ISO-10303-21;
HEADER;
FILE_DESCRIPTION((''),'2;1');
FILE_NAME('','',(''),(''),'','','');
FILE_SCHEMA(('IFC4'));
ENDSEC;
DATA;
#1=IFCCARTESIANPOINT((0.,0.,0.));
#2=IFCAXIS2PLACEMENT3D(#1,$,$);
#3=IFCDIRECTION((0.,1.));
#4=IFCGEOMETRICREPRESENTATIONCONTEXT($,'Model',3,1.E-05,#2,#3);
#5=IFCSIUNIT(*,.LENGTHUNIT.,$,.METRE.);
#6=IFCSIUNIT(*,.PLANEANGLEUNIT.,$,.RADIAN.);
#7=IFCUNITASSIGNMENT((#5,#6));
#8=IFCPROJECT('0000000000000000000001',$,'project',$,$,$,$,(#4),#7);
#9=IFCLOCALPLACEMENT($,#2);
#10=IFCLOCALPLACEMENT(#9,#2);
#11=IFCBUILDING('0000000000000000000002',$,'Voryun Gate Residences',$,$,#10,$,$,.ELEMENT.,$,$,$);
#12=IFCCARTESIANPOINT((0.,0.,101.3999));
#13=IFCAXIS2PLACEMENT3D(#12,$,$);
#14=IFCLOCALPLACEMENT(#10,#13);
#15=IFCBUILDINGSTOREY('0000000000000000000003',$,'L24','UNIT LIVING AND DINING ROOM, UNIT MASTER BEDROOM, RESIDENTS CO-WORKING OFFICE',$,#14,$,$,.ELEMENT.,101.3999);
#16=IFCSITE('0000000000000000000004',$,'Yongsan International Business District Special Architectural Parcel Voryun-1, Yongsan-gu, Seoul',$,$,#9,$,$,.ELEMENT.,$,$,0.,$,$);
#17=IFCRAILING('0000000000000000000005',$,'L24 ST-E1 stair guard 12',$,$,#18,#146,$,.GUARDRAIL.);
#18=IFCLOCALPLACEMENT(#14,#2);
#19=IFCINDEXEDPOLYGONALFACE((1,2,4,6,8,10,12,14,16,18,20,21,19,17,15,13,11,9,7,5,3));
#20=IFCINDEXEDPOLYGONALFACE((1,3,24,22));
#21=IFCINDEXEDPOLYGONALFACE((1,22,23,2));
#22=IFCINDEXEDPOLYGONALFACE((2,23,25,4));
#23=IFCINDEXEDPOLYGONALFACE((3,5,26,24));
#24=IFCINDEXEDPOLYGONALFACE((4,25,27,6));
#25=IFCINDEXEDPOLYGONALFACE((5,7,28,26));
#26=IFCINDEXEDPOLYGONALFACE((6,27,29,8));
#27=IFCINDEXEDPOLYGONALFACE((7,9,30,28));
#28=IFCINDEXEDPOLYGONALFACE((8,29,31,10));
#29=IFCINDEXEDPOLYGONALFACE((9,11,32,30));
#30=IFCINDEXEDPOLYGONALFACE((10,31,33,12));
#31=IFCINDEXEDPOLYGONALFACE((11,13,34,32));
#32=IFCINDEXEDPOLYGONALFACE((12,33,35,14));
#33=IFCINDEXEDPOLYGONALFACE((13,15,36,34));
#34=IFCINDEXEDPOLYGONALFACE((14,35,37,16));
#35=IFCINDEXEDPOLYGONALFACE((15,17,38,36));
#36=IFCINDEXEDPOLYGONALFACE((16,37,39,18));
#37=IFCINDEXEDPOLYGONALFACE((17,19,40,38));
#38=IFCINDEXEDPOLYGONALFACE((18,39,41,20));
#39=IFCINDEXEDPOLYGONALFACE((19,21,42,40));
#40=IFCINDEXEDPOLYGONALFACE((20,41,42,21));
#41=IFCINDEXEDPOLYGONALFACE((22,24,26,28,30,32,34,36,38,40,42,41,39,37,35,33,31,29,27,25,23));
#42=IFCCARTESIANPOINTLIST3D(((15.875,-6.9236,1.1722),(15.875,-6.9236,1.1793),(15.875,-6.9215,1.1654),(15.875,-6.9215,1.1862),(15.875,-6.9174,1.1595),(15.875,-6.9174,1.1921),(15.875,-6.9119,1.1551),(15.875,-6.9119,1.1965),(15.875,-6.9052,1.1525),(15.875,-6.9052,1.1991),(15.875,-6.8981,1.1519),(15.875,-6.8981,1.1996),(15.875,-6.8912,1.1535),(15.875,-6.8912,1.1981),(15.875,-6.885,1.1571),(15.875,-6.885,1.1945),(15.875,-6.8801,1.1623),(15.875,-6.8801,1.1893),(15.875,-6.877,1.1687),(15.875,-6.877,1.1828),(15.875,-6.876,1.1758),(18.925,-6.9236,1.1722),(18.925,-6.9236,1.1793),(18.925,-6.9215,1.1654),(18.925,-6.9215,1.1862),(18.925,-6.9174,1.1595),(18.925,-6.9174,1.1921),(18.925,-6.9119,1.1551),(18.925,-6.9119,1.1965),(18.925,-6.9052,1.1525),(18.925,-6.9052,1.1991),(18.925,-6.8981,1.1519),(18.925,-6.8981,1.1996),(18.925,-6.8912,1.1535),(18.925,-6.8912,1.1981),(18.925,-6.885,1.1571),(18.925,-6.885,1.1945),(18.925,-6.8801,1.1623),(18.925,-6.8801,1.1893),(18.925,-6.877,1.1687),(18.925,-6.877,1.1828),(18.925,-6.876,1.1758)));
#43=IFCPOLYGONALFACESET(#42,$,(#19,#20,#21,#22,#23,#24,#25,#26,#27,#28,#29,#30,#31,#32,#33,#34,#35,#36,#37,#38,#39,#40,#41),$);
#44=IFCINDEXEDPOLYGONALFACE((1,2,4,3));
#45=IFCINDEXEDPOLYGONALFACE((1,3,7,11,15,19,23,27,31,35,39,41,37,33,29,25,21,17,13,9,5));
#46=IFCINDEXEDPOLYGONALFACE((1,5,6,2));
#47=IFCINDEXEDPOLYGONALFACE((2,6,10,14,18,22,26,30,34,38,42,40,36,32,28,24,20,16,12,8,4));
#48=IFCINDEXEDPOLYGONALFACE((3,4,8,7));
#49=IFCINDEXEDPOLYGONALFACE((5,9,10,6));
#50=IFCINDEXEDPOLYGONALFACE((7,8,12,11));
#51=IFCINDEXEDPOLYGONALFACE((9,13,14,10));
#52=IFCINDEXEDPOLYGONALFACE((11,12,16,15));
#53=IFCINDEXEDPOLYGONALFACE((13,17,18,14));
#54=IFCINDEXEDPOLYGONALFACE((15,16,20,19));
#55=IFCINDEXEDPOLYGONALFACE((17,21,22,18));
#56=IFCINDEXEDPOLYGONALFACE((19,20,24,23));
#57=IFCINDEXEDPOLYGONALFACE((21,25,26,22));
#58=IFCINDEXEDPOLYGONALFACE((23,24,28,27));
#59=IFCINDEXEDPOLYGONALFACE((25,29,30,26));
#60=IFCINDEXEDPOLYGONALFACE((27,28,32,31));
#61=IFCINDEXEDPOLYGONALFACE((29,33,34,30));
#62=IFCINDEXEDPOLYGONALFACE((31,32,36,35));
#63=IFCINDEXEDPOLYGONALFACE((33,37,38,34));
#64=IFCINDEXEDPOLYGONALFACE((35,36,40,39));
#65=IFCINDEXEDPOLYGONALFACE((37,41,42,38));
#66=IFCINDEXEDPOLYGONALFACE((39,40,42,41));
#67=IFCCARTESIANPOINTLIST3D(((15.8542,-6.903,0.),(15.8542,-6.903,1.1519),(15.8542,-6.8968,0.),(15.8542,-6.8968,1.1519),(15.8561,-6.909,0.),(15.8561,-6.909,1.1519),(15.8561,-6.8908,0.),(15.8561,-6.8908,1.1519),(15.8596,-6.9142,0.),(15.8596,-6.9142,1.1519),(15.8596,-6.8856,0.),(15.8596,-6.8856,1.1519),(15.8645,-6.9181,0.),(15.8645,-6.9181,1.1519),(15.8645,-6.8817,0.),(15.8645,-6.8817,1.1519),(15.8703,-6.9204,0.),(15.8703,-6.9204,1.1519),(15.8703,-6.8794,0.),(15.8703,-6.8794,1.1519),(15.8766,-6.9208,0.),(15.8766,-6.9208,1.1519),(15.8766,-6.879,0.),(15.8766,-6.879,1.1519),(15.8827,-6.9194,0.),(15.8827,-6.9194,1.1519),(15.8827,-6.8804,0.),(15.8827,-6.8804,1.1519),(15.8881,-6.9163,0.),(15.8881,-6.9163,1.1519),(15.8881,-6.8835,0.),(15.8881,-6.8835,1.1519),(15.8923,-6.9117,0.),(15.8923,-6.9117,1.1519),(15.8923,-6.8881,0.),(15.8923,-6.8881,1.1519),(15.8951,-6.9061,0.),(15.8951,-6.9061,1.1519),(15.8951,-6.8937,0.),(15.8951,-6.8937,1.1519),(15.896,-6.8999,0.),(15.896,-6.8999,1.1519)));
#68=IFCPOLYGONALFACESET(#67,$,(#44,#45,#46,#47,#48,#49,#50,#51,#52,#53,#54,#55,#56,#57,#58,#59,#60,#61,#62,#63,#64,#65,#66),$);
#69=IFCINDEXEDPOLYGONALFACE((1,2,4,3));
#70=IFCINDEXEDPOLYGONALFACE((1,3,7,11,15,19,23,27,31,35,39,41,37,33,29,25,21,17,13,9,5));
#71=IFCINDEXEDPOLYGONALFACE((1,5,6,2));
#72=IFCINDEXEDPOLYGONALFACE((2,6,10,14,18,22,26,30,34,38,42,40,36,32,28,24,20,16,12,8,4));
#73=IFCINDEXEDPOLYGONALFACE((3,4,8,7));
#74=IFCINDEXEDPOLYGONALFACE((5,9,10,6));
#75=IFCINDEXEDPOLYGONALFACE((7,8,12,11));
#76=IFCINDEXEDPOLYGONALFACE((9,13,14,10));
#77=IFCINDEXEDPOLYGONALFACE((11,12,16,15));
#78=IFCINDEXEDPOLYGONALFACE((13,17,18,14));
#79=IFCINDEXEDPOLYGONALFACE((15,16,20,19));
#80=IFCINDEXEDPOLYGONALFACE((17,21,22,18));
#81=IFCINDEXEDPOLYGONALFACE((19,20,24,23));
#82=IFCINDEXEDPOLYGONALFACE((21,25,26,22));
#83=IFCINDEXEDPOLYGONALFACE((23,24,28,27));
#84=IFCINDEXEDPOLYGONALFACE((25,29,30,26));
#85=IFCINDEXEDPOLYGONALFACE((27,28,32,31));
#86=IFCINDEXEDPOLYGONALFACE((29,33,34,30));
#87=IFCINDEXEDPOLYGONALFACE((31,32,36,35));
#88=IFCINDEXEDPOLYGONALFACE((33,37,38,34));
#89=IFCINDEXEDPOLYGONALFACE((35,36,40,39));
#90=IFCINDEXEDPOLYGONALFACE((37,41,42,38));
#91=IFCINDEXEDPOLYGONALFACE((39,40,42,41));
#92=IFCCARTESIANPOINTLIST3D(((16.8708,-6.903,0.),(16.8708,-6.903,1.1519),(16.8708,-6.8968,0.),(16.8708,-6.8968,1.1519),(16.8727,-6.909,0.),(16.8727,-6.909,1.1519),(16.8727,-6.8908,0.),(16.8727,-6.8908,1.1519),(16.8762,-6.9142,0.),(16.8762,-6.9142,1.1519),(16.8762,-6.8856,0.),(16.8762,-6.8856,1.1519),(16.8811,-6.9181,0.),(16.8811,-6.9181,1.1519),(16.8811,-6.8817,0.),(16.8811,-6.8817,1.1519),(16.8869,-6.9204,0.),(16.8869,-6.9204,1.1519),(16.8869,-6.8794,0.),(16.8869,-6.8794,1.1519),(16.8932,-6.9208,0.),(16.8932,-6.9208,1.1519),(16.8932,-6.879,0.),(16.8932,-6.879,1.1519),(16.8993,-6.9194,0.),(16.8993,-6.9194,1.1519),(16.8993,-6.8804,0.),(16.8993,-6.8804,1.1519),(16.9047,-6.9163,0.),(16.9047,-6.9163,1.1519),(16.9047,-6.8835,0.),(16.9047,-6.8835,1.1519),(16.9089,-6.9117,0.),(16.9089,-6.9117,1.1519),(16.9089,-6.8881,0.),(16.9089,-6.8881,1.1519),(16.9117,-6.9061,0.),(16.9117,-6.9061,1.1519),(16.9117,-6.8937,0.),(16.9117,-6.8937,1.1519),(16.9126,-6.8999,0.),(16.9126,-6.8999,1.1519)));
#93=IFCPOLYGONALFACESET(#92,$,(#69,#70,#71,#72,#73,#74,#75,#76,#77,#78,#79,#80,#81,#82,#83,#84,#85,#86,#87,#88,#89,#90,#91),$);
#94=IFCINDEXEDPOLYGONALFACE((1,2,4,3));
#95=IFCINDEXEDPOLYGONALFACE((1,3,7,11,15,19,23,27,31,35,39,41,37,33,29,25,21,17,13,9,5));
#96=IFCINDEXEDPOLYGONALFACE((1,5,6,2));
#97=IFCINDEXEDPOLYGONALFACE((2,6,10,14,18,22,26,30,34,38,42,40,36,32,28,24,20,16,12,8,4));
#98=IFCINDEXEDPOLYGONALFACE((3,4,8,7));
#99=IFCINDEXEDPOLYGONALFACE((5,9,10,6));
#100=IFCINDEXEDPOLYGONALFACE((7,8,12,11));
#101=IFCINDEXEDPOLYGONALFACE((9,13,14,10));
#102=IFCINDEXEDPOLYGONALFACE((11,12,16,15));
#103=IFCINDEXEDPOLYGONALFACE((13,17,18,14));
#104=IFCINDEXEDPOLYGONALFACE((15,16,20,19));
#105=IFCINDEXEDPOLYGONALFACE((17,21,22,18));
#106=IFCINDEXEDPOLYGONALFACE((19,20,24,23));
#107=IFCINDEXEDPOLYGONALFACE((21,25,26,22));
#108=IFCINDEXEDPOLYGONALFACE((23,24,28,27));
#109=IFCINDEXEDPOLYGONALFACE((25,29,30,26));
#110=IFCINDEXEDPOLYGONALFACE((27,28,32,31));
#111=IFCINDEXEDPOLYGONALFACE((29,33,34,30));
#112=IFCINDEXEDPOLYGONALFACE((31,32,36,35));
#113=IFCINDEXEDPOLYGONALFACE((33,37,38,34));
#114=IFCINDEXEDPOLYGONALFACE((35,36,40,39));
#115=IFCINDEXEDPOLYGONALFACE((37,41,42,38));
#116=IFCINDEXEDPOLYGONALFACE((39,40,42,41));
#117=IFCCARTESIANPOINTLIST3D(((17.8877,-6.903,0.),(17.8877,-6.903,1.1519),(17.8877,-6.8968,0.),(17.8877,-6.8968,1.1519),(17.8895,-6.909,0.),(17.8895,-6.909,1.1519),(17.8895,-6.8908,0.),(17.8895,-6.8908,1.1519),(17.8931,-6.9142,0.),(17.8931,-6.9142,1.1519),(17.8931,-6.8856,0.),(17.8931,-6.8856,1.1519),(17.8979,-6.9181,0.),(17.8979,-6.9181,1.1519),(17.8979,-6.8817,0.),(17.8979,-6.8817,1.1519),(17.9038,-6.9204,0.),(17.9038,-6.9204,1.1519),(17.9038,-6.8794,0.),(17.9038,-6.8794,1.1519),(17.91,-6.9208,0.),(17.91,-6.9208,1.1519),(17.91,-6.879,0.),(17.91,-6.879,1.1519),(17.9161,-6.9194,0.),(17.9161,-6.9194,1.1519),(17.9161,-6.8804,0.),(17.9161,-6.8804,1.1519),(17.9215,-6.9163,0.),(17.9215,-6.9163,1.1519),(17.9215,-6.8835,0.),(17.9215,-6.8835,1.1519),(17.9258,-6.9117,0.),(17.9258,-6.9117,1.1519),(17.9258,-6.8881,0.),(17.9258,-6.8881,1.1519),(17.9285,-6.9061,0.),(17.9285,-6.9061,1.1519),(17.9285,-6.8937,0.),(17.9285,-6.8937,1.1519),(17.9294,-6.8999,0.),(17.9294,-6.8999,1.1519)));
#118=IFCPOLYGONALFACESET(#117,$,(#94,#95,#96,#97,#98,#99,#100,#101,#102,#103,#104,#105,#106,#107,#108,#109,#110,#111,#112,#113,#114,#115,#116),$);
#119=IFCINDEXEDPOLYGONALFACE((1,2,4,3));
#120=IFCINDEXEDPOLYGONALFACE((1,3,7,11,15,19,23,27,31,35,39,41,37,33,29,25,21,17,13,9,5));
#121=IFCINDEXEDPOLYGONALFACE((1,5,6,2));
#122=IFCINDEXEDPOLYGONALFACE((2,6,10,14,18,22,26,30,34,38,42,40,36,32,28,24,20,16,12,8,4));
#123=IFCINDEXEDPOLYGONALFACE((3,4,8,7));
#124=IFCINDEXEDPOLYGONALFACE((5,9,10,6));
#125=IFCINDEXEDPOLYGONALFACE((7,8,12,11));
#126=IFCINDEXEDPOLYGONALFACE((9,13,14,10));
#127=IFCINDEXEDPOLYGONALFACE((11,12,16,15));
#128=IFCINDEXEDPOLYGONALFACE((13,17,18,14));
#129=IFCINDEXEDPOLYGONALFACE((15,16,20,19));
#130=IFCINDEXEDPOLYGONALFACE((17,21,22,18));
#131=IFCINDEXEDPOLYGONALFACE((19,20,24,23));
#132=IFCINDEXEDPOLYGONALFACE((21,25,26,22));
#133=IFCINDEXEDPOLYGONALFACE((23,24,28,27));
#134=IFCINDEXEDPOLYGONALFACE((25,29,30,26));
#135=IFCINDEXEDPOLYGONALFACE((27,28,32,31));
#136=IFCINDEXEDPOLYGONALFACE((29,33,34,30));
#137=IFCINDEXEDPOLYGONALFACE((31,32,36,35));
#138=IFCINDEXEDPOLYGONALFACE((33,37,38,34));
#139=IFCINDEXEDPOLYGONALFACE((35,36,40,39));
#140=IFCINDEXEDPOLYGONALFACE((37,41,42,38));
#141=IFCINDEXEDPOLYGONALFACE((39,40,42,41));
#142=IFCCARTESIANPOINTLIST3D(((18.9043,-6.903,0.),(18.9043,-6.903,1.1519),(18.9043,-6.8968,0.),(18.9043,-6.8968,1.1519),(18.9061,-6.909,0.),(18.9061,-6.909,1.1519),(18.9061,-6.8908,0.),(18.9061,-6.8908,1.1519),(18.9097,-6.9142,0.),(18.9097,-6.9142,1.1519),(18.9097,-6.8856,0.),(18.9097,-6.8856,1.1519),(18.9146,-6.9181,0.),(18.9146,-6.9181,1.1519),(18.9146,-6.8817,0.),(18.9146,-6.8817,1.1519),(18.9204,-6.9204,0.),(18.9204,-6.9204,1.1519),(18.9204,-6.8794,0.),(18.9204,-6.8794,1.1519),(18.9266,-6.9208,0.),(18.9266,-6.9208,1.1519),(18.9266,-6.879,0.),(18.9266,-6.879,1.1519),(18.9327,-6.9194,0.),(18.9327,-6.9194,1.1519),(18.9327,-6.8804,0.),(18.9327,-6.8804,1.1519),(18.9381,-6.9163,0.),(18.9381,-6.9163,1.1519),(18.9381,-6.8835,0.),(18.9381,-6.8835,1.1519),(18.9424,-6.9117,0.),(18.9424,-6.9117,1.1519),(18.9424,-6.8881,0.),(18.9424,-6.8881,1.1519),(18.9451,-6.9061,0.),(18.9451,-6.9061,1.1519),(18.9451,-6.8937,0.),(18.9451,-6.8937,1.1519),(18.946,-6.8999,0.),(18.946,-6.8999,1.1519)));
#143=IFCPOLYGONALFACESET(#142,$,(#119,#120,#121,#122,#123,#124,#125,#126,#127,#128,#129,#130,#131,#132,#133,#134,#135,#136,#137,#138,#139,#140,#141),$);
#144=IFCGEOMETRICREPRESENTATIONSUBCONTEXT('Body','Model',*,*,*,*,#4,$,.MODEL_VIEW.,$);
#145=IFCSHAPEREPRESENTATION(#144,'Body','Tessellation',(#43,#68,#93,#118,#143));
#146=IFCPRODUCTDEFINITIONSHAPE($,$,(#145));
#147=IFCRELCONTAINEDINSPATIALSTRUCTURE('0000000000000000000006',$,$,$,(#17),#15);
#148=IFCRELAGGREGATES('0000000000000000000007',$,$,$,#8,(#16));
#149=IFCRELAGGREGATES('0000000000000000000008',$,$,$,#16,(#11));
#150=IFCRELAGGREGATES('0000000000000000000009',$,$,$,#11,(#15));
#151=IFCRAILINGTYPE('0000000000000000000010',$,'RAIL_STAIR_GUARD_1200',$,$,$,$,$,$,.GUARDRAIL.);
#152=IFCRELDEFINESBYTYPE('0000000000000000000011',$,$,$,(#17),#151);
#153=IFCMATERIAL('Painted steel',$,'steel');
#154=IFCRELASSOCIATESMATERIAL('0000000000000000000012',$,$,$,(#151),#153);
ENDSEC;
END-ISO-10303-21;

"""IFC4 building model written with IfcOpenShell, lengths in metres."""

from ifc_helpers import new_model, si_unit, direction, frame, origin, origin_2d, place, context, subcontext, project, spatial, circle, extrude, material, type_object, element, save


model = new_model("IFC4")

# Units and contexts
model_context = context("Model", 3, precision=1e-05, world=origin(), true_north=direction((0.0, 1.0)))
body_context = subcontext(model_context, "Body", "Model", "MODEL_VIEW")
ifc_project = project(units=[si_unit("LENGTHUNIT", "METRE"), si_unit("PLANEANGLEUNIT", "RADIAN")], contexts=[model_context])

# Site, building, storey
site_placement = place(None, origin())
site = spatial("IfcSite", under=ifc_project, at=site_placement, Name="Yongsan International Business District Special Architectural Parcel Voryun-1, Yongsan-gu, Seoul", CompositionType="ELEMENT", RefElevation=0.0)
building_placement = place(site_placement, origin())
building = spatial("IfcBuilding", under=site, at=building_placement, Name="Voryun Gate Residences", CompositionType="ELEMENT")
storey_placement = place(building_placement, frame((0.0, 0.0, 101.3999)))
storey = spatial("IfcBuildingStorey", under=building, at=storey_placement, Name="L24", Description="UNIT LIVING AND DINING ROOM, UNIT MASTER BEDROOM, RESIDENTS CO-WORKING OFFICE", CompositionType="ELEMENT", Elevation=101.3999)

# Railing
ifc_material_1 = material(Name="Painted steel", Category="steel")
railing_type_1 = type_object("IfcRailingType", Name="RAIL_STAIR_GUARD_1200", PredefinedType="GUARDRAIL", material=ifc_material_1)
railing_1_placement = place(storey_placement, frame((15.875, -6.8999, 0.0)))
element("IfcRailing", 1, at=railing_1_placement, inside=storey, type_object=railing_type_1, Name="L24 ST-E1 stair guard 12", PredefinedType="GUARDRAIL", context=body_context, shape_type="SweptSolid", body=[
    extrude(circle(Radius=0.0239, at=origin_2d()), frame((0.0, 0.0, 1.1758), z_axis=(1.0, 0.0, 0.0), x_axis=(0.0, 1.0, 0.0)), (0.0, 0.0, 1.0), 3.05),
    extrude(circle(Radius=0.021, at=origin_2d()), origin(), (0.0, 0.0, 1.0), 1.1519),
    extrude(circle(Radius=0.021, at=origin_2d()), frame((1.0166, 0.0, 0.0)), (0.0, 0.0, 1.0), 1.1519),
    extrude(circle(Radius=0.021, at=origin_2d()), frame((2.0334, 0.0, 0.0)), (0.0, 0.0, 1.0), 1.1519),
    extrude(circle(Radius=0.021, at=origin_2d()), frame((3.05, 0.0, 0.0)), (0.0, 0.0, 1.0), 1.1519),
])

save(model, "model.ifc")
